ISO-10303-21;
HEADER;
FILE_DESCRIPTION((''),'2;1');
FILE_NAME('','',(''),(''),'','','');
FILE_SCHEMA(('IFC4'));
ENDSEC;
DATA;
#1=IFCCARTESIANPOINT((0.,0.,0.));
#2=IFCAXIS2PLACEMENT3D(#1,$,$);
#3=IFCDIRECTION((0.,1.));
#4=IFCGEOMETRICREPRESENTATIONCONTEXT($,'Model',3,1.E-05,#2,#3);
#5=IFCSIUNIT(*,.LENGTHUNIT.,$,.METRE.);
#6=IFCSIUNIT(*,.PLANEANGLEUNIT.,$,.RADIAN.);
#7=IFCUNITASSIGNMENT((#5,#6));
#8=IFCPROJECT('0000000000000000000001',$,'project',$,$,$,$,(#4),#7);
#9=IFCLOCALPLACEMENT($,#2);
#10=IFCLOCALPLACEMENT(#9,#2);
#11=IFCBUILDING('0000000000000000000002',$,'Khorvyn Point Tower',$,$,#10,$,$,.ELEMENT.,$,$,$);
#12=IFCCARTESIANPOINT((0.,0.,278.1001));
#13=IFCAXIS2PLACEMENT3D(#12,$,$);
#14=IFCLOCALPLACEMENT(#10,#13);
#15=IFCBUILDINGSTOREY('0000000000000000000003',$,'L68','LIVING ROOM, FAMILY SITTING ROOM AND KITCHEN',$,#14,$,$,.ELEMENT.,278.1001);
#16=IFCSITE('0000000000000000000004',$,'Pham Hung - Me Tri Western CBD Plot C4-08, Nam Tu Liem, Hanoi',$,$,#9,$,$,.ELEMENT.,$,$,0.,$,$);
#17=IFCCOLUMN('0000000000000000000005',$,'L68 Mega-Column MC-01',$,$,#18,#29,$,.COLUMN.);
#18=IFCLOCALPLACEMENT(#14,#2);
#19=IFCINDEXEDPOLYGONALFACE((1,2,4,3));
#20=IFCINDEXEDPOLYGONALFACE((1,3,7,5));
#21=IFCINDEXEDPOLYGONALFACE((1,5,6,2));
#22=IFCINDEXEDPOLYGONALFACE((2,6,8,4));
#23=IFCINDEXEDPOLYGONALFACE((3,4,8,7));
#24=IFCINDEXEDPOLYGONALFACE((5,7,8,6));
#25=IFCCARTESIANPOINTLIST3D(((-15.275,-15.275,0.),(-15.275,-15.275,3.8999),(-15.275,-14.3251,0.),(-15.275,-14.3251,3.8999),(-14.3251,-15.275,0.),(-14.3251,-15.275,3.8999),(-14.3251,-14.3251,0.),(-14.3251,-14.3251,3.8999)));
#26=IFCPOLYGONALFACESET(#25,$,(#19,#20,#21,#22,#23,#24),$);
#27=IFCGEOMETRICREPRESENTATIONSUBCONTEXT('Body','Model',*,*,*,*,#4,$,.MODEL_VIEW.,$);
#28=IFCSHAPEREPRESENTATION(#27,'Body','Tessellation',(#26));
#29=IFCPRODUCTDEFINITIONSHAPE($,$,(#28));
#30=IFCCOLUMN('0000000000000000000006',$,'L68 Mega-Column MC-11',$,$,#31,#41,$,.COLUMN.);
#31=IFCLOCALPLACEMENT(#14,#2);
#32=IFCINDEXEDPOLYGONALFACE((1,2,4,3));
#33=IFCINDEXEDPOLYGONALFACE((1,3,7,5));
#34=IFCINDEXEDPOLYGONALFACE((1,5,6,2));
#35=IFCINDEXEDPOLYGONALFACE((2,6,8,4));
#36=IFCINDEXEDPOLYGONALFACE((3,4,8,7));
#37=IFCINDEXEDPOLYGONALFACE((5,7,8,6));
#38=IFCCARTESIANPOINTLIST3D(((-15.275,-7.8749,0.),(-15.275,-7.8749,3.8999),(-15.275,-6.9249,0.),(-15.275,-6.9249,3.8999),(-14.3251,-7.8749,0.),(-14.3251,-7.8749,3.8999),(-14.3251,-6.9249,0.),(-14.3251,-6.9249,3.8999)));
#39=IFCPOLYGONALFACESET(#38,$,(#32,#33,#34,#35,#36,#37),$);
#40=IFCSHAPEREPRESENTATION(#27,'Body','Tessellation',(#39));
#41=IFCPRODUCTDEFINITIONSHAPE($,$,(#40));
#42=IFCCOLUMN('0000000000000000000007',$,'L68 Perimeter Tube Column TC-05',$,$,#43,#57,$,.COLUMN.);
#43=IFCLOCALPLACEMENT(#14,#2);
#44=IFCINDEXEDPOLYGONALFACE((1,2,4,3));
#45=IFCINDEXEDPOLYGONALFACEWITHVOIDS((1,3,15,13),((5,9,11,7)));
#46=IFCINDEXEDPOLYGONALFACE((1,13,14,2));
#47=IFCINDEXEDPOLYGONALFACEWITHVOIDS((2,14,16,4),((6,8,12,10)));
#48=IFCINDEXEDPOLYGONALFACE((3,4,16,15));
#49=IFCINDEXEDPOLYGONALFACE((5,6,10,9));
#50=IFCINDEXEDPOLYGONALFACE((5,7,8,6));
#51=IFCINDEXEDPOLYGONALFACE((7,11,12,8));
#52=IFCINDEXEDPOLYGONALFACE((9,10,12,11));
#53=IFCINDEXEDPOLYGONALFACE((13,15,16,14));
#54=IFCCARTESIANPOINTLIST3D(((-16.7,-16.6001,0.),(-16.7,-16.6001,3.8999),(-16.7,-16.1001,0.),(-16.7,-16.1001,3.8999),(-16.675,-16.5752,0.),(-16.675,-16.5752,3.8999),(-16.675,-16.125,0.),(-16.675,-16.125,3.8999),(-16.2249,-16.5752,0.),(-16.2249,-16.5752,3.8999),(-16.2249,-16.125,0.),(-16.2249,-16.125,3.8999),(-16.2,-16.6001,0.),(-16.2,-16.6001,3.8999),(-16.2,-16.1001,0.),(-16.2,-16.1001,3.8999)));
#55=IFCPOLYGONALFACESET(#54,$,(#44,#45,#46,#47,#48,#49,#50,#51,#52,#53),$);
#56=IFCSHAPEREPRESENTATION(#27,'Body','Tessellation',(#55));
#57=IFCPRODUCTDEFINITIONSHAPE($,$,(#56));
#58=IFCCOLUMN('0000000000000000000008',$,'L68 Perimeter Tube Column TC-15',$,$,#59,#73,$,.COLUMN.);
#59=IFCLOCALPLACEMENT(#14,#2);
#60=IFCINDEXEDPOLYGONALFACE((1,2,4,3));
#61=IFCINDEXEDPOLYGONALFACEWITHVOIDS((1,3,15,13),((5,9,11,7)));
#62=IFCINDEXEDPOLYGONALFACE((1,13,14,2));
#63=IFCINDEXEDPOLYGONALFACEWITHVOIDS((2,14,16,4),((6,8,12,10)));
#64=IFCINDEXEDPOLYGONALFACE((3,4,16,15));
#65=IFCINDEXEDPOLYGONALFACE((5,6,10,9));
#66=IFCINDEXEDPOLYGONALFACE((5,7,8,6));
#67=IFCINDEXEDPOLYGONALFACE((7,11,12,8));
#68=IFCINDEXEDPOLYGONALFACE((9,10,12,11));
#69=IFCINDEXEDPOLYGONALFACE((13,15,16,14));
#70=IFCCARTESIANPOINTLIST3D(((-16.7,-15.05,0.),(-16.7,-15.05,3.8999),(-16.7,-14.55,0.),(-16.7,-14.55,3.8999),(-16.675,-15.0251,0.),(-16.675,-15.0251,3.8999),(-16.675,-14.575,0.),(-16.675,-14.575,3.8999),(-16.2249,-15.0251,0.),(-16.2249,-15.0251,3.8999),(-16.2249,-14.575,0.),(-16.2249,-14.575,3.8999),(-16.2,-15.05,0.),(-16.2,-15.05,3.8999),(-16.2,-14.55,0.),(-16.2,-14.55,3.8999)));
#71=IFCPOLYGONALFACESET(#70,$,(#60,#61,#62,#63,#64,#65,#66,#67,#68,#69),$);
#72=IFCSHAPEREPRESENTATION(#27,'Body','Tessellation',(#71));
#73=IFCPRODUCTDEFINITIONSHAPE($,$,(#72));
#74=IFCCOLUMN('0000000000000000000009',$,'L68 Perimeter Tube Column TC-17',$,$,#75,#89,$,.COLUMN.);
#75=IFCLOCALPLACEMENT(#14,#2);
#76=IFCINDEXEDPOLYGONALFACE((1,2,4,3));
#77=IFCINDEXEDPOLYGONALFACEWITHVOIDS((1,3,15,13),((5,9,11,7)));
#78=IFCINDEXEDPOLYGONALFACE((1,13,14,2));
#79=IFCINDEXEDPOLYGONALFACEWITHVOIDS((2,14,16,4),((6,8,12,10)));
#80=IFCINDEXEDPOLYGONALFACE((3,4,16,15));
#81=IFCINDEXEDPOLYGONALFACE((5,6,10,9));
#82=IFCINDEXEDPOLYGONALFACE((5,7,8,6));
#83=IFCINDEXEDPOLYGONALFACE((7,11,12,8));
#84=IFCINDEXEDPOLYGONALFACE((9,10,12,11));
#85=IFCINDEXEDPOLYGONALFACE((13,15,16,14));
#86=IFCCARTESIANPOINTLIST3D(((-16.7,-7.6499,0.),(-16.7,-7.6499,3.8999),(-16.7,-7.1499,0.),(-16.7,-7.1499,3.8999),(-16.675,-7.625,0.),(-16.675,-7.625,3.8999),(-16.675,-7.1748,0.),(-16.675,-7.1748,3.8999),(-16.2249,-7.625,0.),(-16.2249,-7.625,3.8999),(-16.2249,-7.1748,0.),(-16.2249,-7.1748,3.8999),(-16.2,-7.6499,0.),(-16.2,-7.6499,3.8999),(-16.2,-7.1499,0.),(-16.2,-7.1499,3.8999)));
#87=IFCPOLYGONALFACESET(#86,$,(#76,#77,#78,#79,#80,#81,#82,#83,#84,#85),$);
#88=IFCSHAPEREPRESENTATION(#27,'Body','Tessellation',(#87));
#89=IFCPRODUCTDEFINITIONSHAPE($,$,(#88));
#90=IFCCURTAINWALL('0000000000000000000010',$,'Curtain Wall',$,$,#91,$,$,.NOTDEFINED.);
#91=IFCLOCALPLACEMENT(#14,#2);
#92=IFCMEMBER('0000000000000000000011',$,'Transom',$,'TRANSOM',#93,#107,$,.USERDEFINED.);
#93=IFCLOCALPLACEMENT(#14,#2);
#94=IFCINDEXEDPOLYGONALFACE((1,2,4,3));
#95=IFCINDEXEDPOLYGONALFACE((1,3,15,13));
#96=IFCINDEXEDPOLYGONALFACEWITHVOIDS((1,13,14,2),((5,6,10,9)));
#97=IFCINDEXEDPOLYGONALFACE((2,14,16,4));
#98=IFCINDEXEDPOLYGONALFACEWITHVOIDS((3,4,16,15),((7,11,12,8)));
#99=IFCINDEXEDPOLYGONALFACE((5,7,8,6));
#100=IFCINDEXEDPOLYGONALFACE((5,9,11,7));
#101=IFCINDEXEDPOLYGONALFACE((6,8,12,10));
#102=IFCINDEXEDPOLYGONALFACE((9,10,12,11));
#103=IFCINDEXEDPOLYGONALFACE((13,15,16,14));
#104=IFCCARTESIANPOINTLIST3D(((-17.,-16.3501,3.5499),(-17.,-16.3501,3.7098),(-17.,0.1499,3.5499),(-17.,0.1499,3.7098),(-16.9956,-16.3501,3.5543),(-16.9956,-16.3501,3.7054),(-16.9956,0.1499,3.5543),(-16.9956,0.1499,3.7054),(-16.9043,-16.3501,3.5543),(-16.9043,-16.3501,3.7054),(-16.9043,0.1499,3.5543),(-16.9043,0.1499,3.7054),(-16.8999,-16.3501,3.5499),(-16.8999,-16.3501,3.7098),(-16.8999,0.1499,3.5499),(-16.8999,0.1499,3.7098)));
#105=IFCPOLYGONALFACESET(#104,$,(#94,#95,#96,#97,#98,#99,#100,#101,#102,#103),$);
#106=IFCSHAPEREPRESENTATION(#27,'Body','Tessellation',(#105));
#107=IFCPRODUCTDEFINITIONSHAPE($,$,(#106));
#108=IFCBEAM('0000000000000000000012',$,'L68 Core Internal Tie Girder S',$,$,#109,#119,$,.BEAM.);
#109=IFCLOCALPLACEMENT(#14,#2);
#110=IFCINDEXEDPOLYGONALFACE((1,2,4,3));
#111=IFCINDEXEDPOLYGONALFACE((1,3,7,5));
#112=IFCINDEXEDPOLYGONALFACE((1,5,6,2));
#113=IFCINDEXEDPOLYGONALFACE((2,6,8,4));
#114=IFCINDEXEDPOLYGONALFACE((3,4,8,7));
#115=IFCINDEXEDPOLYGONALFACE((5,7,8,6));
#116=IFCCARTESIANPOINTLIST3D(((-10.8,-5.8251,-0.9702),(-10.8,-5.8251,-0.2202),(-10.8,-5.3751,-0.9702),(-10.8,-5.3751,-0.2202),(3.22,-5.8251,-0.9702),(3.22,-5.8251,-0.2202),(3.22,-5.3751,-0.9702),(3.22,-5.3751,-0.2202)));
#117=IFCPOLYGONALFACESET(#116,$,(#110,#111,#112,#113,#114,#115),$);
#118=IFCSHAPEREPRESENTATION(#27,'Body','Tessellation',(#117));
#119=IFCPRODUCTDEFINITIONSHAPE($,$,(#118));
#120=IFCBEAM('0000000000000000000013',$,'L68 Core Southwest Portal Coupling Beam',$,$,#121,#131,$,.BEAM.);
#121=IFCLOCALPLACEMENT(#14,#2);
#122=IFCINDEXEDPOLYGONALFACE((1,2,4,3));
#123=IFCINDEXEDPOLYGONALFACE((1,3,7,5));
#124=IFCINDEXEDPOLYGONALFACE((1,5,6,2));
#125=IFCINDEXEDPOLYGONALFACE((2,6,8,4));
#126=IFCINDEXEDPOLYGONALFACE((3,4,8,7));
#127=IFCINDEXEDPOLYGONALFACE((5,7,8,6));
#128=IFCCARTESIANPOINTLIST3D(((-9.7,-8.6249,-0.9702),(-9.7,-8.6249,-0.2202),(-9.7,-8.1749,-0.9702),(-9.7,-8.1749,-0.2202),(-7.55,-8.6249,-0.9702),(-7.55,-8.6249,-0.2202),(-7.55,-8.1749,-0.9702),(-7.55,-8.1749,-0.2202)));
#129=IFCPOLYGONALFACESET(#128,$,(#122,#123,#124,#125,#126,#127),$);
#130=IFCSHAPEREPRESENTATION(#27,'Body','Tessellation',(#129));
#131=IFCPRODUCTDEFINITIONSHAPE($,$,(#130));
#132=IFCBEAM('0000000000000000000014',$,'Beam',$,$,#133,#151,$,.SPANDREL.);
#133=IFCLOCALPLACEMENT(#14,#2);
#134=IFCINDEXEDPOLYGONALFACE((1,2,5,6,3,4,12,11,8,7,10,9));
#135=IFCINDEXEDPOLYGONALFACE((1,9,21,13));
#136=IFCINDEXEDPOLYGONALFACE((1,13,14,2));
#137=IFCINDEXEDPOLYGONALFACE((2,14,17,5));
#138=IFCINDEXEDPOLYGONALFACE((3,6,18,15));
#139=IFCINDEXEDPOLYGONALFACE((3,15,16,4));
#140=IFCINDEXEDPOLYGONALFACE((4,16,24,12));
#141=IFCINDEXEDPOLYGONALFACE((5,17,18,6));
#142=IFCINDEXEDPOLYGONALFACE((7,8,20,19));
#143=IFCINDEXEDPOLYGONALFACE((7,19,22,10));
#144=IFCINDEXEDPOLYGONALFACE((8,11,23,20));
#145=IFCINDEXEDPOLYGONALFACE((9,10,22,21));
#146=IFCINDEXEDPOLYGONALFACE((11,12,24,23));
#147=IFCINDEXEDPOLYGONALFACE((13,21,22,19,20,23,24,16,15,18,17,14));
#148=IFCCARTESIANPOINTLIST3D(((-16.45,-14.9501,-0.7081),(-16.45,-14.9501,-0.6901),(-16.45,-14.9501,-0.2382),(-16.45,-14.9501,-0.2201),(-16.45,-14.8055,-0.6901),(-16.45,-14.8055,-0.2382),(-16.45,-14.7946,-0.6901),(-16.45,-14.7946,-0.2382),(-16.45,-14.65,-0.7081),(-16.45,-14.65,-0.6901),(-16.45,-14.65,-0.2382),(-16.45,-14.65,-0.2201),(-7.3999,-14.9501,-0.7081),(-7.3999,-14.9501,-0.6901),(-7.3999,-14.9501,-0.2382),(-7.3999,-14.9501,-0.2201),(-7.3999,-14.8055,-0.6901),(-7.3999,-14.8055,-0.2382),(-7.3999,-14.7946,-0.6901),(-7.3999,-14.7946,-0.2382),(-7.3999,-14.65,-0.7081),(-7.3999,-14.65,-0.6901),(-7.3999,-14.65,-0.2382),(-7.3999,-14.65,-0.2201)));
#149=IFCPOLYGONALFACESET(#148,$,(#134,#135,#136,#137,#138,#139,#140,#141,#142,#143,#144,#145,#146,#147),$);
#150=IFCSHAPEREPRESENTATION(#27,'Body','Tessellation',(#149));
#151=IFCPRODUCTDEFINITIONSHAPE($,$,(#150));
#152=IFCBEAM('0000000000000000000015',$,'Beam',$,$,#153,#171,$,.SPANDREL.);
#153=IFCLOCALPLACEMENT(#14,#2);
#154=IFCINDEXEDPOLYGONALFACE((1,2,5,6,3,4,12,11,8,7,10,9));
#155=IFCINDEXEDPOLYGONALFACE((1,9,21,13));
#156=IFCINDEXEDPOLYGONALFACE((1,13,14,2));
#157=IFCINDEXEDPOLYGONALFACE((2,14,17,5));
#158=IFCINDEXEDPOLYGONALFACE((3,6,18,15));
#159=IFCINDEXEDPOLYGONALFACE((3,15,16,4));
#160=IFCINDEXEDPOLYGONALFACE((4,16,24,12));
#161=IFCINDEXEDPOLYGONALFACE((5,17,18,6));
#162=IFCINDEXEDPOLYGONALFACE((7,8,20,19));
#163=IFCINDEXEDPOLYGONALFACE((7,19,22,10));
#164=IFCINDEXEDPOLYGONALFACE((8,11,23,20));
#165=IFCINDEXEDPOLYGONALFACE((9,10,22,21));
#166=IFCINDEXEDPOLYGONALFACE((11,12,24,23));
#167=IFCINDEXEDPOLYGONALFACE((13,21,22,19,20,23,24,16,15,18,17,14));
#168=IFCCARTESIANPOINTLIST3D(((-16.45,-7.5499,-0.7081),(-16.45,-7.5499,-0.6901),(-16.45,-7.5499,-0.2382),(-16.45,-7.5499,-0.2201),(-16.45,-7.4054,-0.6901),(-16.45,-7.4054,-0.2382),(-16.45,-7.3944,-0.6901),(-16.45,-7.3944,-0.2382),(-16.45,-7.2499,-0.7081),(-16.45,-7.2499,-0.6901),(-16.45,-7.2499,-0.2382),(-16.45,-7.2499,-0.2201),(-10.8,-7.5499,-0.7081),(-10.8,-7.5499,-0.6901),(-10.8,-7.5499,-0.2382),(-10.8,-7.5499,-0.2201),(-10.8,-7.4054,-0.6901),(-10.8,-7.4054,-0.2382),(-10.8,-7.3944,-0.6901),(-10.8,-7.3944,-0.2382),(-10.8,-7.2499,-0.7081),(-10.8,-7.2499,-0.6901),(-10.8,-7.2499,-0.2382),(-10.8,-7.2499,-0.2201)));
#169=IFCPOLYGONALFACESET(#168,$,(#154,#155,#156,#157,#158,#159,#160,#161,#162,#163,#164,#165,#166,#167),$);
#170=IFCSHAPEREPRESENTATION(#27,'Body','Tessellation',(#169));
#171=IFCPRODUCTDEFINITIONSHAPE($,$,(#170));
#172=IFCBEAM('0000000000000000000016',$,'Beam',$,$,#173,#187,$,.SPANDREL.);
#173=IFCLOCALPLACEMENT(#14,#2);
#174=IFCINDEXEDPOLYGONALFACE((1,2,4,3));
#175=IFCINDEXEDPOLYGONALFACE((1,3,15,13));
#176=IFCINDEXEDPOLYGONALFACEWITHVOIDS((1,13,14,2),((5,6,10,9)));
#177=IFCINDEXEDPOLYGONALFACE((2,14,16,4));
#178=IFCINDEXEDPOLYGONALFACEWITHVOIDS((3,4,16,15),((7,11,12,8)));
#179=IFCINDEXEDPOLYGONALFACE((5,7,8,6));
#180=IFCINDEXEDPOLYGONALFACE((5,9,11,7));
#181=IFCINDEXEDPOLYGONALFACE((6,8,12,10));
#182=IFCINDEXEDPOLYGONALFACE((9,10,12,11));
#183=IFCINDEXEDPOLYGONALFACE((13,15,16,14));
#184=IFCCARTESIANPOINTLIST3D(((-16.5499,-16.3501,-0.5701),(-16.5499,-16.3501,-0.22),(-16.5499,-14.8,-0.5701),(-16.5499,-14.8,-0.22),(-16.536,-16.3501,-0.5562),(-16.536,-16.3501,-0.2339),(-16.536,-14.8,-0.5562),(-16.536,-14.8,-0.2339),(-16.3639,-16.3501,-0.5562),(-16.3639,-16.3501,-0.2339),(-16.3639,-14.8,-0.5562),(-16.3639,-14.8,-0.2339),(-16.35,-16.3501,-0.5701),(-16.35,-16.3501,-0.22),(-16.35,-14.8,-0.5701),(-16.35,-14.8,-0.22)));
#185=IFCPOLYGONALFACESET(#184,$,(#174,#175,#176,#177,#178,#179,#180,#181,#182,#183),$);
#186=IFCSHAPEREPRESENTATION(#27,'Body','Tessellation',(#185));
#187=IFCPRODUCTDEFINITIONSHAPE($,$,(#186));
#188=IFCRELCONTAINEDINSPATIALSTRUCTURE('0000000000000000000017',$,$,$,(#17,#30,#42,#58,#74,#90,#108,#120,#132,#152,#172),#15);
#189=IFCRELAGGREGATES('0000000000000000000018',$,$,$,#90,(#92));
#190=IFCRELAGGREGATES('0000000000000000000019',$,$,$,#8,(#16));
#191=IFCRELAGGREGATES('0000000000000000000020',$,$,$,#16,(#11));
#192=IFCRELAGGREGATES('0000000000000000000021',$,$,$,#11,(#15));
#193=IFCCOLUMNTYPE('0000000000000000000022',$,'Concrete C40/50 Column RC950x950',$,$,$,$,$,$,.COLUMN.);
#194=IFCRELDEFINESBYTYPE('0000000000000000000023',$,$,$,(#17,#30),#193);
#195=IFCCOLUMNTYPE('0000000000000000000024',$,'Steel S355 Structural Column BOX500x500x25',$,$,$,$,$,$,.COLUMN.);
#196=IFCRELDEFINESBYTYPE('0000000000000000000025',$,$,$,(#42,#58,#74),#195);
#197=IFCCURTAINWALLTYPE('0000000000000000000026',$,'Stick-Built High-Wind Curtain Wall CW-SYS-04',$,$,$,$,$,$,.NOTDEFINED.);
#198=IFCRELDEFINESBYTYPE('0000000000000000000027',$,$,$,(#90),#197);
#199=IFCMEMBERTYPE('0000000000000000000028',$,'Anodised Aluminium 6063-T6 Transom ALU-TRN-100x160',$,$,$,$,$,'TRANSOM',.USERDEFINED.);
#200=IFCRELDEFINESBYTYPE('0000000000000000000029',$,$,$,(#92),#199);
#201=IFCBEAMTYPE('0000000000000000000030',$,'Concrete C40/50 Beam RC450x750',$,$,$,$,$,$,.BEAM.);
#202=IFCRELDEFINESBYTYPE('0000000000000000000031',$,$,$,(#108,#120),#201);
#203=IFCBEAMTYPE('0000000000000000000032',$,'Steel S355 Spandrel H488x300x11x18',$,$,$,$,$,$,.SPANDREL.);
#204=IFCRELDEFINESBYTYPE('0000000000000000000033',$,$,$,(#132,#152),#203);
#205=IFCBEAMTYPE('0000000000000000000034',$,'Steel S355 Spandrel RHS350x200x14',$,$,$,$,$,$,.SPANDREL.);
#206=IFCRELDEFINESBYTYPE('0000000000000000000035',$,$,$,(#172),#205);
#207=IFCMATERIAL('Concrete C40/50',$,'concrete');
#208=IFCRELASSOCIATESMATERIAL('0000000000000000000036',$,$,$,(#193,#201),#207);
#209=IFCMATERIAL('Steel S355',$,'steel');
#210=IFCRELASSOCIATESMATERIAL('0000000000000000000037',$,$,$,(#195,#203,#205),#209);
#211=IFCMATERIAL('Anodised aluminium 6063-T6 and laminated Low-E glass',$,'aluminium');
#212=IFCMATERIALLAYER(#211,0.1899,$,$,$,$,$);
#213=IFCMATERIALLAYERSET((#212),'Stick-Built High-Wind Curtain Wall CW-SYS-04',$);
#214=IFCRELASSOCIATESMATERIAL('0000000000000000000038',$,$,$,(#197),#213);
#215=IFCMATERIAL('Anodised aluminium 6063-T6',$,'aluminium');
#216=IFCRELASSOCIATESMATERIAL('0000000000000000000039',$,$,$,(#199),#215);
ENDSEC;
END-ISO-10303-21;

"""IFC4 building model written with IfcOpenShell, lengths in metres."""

from ifc_helpers import new_model, si_unit, direction, frame, origin, origin_2d, place, context, subcontext, project, spatial, rectangle, hollow_rectangle, i_section, extrude, material, layer, layer_set, material_profile, profile_set, type_object, element, aggregate, save


model = new_model("IFC4")

# Units and contexts
model_context = context("Model", 3, precision=1e-05, world=origin(), true_north=direction((0.0, 1.0)))
body_context = subcontext(model_context, "Body", "Model", "MODEL_VIEW")
ifc_project = project(units=[si_unit("LENGTHUNIT", "METRE"), si_unit("PLANEANGLEUNIT", "RADIAN")], contexts=[model_context])

# Site, building, storey
site_placement = place(None, origin())
site = spatial("IfcSite", under=ifc_project, at=site_placement, Name="Pham Hung - Me Tri Western CBD Plot C4-08, Nam Tu Liem, Hanoi", CompositionType="ELEMENT", RefElevation=0.0)
building_placement = place(site_placement, origin())
building = spatial("IfcBuilding", under=site, at=building_placement, Name="Khorvyn Point Tower", CompositionType="ELEMENT")
storey_placement = place(building_placement, frame((0.0, 0.0, 278.1001)))
storey = spatial("IfcBuildingStorey", under=building, at=storey_placement, Name="L68", Description="LIVING ROOM, FAMILY SITTING ROOM AND KITCHEN", CompositionType="ELEMENT", Elevation=278.1001)

# Columns
ifc_material_1 = material(Name="Concrete C40/50", Category="concrete")
ifc_material_profile_1 = material_profile(ifc_material_1, rectangle(XDim=0.95, YDim=0.95, at=origin_2d()))
ifc_profile_set_1 = profile_set([ifc_material_profile_1], Name="Concrete C40/50 RC950x950")
column_type_1 = type_object("IfcColumnType", Name="Concrete C40/50 Column RC950x950", PredefinedType="COLUMN", material=ifc_profile_set_1)
for number, where, z_axis, x_axis, name in (
    (1, (-14.8, -14.8, 0.0), (0.0, 0.0, 1.0), (1.0, 0.0, 0.0), "L68 Mega-Column MC-01"),
    (2, (-14.8, -7.3999, 0.0), (0.0, 0.0, 1.0), (1.0, 0.0, 0.0), "L68 Mega-Column MC-11"),
):
    element("IfcColumn", number, at=place(storey_placement, frame(where, z_axis=z_axis, x_axis=x_axis)), inside=storey, type_object=column_type_1, Name=name, PredefinedType="COLUMN", context=body_context, shape_type="SweptSolid", body=[
        extrude(rectangle(XDim=0.95, YDim=0.95, at=origin_2d()), origin(), (0.0, 0.0, 1.0), 3.8999),
    ])
ifc_material_2 = material(Name="Steel S355", Category="steel")
ifc_material_profile_2 = material_profile(ifc_material_2, hollow_rectangle(XDim=0.5, YDim=0.5, WallThickness=0.0249, at=origin_2d()))
ifc_profile_set_2 = profile_set([ifc_material_profile_2], Name="Steel S355 BOX500x500x25")
column_type_2 = type_object("IfcColumnType", Name="Steel S355 Structural Column BOX500x500x25", PredefinedType="COLUMN", material=ifc_profile_set_2)
for number, where, z_axis, x_axis, name in (
    (3, (-16.45, -16.3501, 0.0), (0.0, 0.0, 1.0), (1.0, 0.0, 0.0), "L68 Perimeter Tube Column TC-05"),
    (4, (-16.45, -14.8, 0.0), (0.0, 0.0, 1.0), (1.0, 0.0, 0.0), "L68 Perimeter Tube Column TC-15"),
    (5, (-16.45, -7.3999, 0.0), (0.0, 0.0, 1.0), (1.0, 0.0, 0.0), "L68 Perimeter Tube Column TC-17"),
):
    element("IfcColumn", number, at=place(storey_placement, frame(where, z_axis=z_axis, x_axis=x_axis)), inside=storey, type_object=column_type_2, Name=name, PredefinedType="COLUMN", context=body_context, shape_type="SweptSolid", body=[
        extrude(hollow_rectangle(XDim=0.5, YDim=0.5, WallThickness=0.0249, at=origin_2d()), origin(), (0.0, 0.0, 1.0), 3.8999),
    ])

# Curtain wall, member
ifc_material_3 = material(Name="Anodised aluminium 6063-T6 and laminated Low-E glass", Category="aluminium")
ifc_layer_1 = layer(ifc_material_3, 0.1899)
ifc_layer_set_1 = layer_set([ifc_layer_1], Name="Stick-Built High-Wind Curtain Wall CW-SYS-04")
curtain_wall_type = type_object("IfcCurtainWallType", Name="Stick-Built High-Wind Curtain Wall CW-SYS-04", PredefinedType="NOTDEFINED", material=ifc_layer_set_1)
curtain_wall_placement = place(storey_placement, origin())
curtain_wall = element("IfcCurtainWall", 6, at=curtain_wall_placement, inside=storey, type_object=curtain_wall_type, Name="Curtain Wall", PredefinedType="NOTDEFINED")
ifc_material_4 = material(Name="Anodised aluminium 6063-T6", Category="aluminium")
ifc_material_profile_3 = material_profile(ifc_material_4, hollow_rectangle(XDim=0.1001, YDim=0.1599, WallThickness=0.0044, at=origin_2d()))
ifc_profile_set_3 = profile_set([ifc_material_profile_3], Name="Anodised aluminium 6063-T6 ALU-TRN-100x160")
member_type = type_object("IfcMemberType", Name="Anodised Aluminium 6063-T6 Transom ALU-TRN-100x160", ElementType="TRANSOM", PredefinedType="USERDEFINED", material=ifc_profile_set_3)
member_placement = place(storey_placement, frame((-16.95, -16.3501, 3.6299), z_axis=(0.0, 1.0, 0.0), x_axis=(-1.0, 0.0, 0.0)))
member = element("IfcMember", 7, at=member_placement, type_object=member_type, Name="Transom", ObjectType="TRANSOM", PredefinedType="USERDEFINED", context=body_context, shape_type="SweptSolid", body=[
    extrude(hollow_rectangle(XDim=0.1001, YDim=0.1599, WallThickness=0.0044, at=origin_2d()), origin(), (0.0, 0.0, 1.0), 16.5),
])

# Beams
ifc_material_profile_4 = material_profile(ifc_material_1, rectangle(XDim=0.45, YDim=0.75, at=origin_2d()))
ifc_profile_set_4 = profile_set([ifc_material_profile_4], Name="Concrete C40/50 RC450x750")
beam_type_1 = type_object("IfcBeamType", Name="Concrete C40/50 Beam RC450x750", PredefinedType="BEAM", material=ifc_profile_set_4)
beam_1_placement = place(storey_placement, frame((-10.8, -5.6001, -0.5952), z_axis=(1.0, 0.0, 0.0), x_axis=(0.0, 1.0, 0.0)))
element("IfcBeam", 8, at=beam_1_placement, inside=storey, type_object=beam_type_1, Name="L68 Core Internal Tie Girder S", PredefinedType="BEAM", context=body_context, shape_type="SweptSolid", body=[
    extrude(rectangle(XDim=0.45, YDim=0.75, at=origin_2d()), origin(), (0.0, 0.0, 1.0), 14.02),
])
beam_2_placement = place(storey_placement, frame((-9.7, -8.3999, -0.5952), z_axis=(1.0, 0.0, 0.0), x_axis=(0.0, 1.0, 0.0)))
element("IfcBeam", 9, at=beam_2_placement, inside=storey, type_object=beam_type_1, Name="L68 Core Southwest Portal Coupling Beam", PredefinedType="BEAM", context=body_context, shape_type="SweptSolid", body=[
    extrude(rectangle(XDim=0.45, YDim=0.75, at=origin_2d()), origin(), (0.0, 0.0, 1.0), 2.1499),
])
ifc_material_profile_5 = material_profile(ifc_material_2, i_section(OverallWidth=0.3, OverallDepth=0.488, WebThickness=0.011, FlangeThickness=0.0181, at=origin_2d()))
ifc_profile_set_5 = profile_set([ifc_material_profile_5], Name="Steel S355 H488x300x11x18")
beam_type_2 = type_object("IfcBeamType", Name="Steel S355 Spandrel H488x300x11x18", PredefinedType="SPANDREL", material=ifc_profile_set_5)
beam_3_placement = place(storey_placement, frame((-16.45, -14.8, -0.4641), z_axis=(1.0, 0.0, 0.0), x_axis=(0.0, 1.0, 0.0)))
element("IfcBeam", 10, at=beam_3_placement, inside=storey, type_object=beam_type_2, Name="Beam", PredefinedType="SPANDREL", context=body_context, shape_type="SweptSolid", body=[
    extrude(i_section(OverallWidth=0.3, OverallDepth=0.488, WebThickness=0.011, FlangeThickness=0.0181, at=origin_2d()), origin(), (0.0, 0.0, 1.0), 9.05),
])
beam_4_placement = place(storey_placement, frame((-16.45, -7.3999, -0.4641), z_axis=(1.0, 0.0, 0.0), x_axis=(0.0, 1.0, 0.0)))
element("IfcBeam", 11, at=beam_4_placement, inside=storey, type_object=beam_type_2, Name="Beam", PredefinedType="SPANDREL", context=body_context, shape_type="SweptSolid", body=[
    extrude(i_section(OverallWidth=0.3, OverallDepth=0.488, WebThickness=0.011, FlangeThickness=0.0181, at=origin_2d()), origin(), (0.0, 0.0, 1.0), 5.6499),
])
ifc_material_profile_6 = material_profile(ifc_material_2, hollow_rectangle(XDim=0.2, YDim=0.3501, WallThickness=0.0139, at=origin_2d()))
ifc_profile_set_6 = profile_set([ifc_material_profile_6], Name="Steel S355 RHS350x200x14")
beam_type_3 = type_object("IfcBeamType", Name="Steel S355 Spandrel RHS350x200x14", PredefinedType="SPANDREL", material=ifc_profile_set_6)
beam_5_placement = place(storey_placement, frame((-16.45, -16.3501, -0.395), z_axis=(0.0, 1.0, 0.0), x_axis=(-1.0, 0.0, 0.0)))
element("IfcBeam", 12, at=beam_5_placement, inside=storey, type_object=beam_type_3, Name="Beam", PredefinedType="SPANDREL", context=body_context, shape_type="SweptSolid", body=[
    extrude(hollow_rectangle(XDim=0.2, YDim=0.3501, WallThickness=0.0139, at=origin_2d()), origin(), (0.0, 0.0, 1.0), 1.55),
])

aggregate(curtain_wall, [member])

save(model, "model.ifc")
